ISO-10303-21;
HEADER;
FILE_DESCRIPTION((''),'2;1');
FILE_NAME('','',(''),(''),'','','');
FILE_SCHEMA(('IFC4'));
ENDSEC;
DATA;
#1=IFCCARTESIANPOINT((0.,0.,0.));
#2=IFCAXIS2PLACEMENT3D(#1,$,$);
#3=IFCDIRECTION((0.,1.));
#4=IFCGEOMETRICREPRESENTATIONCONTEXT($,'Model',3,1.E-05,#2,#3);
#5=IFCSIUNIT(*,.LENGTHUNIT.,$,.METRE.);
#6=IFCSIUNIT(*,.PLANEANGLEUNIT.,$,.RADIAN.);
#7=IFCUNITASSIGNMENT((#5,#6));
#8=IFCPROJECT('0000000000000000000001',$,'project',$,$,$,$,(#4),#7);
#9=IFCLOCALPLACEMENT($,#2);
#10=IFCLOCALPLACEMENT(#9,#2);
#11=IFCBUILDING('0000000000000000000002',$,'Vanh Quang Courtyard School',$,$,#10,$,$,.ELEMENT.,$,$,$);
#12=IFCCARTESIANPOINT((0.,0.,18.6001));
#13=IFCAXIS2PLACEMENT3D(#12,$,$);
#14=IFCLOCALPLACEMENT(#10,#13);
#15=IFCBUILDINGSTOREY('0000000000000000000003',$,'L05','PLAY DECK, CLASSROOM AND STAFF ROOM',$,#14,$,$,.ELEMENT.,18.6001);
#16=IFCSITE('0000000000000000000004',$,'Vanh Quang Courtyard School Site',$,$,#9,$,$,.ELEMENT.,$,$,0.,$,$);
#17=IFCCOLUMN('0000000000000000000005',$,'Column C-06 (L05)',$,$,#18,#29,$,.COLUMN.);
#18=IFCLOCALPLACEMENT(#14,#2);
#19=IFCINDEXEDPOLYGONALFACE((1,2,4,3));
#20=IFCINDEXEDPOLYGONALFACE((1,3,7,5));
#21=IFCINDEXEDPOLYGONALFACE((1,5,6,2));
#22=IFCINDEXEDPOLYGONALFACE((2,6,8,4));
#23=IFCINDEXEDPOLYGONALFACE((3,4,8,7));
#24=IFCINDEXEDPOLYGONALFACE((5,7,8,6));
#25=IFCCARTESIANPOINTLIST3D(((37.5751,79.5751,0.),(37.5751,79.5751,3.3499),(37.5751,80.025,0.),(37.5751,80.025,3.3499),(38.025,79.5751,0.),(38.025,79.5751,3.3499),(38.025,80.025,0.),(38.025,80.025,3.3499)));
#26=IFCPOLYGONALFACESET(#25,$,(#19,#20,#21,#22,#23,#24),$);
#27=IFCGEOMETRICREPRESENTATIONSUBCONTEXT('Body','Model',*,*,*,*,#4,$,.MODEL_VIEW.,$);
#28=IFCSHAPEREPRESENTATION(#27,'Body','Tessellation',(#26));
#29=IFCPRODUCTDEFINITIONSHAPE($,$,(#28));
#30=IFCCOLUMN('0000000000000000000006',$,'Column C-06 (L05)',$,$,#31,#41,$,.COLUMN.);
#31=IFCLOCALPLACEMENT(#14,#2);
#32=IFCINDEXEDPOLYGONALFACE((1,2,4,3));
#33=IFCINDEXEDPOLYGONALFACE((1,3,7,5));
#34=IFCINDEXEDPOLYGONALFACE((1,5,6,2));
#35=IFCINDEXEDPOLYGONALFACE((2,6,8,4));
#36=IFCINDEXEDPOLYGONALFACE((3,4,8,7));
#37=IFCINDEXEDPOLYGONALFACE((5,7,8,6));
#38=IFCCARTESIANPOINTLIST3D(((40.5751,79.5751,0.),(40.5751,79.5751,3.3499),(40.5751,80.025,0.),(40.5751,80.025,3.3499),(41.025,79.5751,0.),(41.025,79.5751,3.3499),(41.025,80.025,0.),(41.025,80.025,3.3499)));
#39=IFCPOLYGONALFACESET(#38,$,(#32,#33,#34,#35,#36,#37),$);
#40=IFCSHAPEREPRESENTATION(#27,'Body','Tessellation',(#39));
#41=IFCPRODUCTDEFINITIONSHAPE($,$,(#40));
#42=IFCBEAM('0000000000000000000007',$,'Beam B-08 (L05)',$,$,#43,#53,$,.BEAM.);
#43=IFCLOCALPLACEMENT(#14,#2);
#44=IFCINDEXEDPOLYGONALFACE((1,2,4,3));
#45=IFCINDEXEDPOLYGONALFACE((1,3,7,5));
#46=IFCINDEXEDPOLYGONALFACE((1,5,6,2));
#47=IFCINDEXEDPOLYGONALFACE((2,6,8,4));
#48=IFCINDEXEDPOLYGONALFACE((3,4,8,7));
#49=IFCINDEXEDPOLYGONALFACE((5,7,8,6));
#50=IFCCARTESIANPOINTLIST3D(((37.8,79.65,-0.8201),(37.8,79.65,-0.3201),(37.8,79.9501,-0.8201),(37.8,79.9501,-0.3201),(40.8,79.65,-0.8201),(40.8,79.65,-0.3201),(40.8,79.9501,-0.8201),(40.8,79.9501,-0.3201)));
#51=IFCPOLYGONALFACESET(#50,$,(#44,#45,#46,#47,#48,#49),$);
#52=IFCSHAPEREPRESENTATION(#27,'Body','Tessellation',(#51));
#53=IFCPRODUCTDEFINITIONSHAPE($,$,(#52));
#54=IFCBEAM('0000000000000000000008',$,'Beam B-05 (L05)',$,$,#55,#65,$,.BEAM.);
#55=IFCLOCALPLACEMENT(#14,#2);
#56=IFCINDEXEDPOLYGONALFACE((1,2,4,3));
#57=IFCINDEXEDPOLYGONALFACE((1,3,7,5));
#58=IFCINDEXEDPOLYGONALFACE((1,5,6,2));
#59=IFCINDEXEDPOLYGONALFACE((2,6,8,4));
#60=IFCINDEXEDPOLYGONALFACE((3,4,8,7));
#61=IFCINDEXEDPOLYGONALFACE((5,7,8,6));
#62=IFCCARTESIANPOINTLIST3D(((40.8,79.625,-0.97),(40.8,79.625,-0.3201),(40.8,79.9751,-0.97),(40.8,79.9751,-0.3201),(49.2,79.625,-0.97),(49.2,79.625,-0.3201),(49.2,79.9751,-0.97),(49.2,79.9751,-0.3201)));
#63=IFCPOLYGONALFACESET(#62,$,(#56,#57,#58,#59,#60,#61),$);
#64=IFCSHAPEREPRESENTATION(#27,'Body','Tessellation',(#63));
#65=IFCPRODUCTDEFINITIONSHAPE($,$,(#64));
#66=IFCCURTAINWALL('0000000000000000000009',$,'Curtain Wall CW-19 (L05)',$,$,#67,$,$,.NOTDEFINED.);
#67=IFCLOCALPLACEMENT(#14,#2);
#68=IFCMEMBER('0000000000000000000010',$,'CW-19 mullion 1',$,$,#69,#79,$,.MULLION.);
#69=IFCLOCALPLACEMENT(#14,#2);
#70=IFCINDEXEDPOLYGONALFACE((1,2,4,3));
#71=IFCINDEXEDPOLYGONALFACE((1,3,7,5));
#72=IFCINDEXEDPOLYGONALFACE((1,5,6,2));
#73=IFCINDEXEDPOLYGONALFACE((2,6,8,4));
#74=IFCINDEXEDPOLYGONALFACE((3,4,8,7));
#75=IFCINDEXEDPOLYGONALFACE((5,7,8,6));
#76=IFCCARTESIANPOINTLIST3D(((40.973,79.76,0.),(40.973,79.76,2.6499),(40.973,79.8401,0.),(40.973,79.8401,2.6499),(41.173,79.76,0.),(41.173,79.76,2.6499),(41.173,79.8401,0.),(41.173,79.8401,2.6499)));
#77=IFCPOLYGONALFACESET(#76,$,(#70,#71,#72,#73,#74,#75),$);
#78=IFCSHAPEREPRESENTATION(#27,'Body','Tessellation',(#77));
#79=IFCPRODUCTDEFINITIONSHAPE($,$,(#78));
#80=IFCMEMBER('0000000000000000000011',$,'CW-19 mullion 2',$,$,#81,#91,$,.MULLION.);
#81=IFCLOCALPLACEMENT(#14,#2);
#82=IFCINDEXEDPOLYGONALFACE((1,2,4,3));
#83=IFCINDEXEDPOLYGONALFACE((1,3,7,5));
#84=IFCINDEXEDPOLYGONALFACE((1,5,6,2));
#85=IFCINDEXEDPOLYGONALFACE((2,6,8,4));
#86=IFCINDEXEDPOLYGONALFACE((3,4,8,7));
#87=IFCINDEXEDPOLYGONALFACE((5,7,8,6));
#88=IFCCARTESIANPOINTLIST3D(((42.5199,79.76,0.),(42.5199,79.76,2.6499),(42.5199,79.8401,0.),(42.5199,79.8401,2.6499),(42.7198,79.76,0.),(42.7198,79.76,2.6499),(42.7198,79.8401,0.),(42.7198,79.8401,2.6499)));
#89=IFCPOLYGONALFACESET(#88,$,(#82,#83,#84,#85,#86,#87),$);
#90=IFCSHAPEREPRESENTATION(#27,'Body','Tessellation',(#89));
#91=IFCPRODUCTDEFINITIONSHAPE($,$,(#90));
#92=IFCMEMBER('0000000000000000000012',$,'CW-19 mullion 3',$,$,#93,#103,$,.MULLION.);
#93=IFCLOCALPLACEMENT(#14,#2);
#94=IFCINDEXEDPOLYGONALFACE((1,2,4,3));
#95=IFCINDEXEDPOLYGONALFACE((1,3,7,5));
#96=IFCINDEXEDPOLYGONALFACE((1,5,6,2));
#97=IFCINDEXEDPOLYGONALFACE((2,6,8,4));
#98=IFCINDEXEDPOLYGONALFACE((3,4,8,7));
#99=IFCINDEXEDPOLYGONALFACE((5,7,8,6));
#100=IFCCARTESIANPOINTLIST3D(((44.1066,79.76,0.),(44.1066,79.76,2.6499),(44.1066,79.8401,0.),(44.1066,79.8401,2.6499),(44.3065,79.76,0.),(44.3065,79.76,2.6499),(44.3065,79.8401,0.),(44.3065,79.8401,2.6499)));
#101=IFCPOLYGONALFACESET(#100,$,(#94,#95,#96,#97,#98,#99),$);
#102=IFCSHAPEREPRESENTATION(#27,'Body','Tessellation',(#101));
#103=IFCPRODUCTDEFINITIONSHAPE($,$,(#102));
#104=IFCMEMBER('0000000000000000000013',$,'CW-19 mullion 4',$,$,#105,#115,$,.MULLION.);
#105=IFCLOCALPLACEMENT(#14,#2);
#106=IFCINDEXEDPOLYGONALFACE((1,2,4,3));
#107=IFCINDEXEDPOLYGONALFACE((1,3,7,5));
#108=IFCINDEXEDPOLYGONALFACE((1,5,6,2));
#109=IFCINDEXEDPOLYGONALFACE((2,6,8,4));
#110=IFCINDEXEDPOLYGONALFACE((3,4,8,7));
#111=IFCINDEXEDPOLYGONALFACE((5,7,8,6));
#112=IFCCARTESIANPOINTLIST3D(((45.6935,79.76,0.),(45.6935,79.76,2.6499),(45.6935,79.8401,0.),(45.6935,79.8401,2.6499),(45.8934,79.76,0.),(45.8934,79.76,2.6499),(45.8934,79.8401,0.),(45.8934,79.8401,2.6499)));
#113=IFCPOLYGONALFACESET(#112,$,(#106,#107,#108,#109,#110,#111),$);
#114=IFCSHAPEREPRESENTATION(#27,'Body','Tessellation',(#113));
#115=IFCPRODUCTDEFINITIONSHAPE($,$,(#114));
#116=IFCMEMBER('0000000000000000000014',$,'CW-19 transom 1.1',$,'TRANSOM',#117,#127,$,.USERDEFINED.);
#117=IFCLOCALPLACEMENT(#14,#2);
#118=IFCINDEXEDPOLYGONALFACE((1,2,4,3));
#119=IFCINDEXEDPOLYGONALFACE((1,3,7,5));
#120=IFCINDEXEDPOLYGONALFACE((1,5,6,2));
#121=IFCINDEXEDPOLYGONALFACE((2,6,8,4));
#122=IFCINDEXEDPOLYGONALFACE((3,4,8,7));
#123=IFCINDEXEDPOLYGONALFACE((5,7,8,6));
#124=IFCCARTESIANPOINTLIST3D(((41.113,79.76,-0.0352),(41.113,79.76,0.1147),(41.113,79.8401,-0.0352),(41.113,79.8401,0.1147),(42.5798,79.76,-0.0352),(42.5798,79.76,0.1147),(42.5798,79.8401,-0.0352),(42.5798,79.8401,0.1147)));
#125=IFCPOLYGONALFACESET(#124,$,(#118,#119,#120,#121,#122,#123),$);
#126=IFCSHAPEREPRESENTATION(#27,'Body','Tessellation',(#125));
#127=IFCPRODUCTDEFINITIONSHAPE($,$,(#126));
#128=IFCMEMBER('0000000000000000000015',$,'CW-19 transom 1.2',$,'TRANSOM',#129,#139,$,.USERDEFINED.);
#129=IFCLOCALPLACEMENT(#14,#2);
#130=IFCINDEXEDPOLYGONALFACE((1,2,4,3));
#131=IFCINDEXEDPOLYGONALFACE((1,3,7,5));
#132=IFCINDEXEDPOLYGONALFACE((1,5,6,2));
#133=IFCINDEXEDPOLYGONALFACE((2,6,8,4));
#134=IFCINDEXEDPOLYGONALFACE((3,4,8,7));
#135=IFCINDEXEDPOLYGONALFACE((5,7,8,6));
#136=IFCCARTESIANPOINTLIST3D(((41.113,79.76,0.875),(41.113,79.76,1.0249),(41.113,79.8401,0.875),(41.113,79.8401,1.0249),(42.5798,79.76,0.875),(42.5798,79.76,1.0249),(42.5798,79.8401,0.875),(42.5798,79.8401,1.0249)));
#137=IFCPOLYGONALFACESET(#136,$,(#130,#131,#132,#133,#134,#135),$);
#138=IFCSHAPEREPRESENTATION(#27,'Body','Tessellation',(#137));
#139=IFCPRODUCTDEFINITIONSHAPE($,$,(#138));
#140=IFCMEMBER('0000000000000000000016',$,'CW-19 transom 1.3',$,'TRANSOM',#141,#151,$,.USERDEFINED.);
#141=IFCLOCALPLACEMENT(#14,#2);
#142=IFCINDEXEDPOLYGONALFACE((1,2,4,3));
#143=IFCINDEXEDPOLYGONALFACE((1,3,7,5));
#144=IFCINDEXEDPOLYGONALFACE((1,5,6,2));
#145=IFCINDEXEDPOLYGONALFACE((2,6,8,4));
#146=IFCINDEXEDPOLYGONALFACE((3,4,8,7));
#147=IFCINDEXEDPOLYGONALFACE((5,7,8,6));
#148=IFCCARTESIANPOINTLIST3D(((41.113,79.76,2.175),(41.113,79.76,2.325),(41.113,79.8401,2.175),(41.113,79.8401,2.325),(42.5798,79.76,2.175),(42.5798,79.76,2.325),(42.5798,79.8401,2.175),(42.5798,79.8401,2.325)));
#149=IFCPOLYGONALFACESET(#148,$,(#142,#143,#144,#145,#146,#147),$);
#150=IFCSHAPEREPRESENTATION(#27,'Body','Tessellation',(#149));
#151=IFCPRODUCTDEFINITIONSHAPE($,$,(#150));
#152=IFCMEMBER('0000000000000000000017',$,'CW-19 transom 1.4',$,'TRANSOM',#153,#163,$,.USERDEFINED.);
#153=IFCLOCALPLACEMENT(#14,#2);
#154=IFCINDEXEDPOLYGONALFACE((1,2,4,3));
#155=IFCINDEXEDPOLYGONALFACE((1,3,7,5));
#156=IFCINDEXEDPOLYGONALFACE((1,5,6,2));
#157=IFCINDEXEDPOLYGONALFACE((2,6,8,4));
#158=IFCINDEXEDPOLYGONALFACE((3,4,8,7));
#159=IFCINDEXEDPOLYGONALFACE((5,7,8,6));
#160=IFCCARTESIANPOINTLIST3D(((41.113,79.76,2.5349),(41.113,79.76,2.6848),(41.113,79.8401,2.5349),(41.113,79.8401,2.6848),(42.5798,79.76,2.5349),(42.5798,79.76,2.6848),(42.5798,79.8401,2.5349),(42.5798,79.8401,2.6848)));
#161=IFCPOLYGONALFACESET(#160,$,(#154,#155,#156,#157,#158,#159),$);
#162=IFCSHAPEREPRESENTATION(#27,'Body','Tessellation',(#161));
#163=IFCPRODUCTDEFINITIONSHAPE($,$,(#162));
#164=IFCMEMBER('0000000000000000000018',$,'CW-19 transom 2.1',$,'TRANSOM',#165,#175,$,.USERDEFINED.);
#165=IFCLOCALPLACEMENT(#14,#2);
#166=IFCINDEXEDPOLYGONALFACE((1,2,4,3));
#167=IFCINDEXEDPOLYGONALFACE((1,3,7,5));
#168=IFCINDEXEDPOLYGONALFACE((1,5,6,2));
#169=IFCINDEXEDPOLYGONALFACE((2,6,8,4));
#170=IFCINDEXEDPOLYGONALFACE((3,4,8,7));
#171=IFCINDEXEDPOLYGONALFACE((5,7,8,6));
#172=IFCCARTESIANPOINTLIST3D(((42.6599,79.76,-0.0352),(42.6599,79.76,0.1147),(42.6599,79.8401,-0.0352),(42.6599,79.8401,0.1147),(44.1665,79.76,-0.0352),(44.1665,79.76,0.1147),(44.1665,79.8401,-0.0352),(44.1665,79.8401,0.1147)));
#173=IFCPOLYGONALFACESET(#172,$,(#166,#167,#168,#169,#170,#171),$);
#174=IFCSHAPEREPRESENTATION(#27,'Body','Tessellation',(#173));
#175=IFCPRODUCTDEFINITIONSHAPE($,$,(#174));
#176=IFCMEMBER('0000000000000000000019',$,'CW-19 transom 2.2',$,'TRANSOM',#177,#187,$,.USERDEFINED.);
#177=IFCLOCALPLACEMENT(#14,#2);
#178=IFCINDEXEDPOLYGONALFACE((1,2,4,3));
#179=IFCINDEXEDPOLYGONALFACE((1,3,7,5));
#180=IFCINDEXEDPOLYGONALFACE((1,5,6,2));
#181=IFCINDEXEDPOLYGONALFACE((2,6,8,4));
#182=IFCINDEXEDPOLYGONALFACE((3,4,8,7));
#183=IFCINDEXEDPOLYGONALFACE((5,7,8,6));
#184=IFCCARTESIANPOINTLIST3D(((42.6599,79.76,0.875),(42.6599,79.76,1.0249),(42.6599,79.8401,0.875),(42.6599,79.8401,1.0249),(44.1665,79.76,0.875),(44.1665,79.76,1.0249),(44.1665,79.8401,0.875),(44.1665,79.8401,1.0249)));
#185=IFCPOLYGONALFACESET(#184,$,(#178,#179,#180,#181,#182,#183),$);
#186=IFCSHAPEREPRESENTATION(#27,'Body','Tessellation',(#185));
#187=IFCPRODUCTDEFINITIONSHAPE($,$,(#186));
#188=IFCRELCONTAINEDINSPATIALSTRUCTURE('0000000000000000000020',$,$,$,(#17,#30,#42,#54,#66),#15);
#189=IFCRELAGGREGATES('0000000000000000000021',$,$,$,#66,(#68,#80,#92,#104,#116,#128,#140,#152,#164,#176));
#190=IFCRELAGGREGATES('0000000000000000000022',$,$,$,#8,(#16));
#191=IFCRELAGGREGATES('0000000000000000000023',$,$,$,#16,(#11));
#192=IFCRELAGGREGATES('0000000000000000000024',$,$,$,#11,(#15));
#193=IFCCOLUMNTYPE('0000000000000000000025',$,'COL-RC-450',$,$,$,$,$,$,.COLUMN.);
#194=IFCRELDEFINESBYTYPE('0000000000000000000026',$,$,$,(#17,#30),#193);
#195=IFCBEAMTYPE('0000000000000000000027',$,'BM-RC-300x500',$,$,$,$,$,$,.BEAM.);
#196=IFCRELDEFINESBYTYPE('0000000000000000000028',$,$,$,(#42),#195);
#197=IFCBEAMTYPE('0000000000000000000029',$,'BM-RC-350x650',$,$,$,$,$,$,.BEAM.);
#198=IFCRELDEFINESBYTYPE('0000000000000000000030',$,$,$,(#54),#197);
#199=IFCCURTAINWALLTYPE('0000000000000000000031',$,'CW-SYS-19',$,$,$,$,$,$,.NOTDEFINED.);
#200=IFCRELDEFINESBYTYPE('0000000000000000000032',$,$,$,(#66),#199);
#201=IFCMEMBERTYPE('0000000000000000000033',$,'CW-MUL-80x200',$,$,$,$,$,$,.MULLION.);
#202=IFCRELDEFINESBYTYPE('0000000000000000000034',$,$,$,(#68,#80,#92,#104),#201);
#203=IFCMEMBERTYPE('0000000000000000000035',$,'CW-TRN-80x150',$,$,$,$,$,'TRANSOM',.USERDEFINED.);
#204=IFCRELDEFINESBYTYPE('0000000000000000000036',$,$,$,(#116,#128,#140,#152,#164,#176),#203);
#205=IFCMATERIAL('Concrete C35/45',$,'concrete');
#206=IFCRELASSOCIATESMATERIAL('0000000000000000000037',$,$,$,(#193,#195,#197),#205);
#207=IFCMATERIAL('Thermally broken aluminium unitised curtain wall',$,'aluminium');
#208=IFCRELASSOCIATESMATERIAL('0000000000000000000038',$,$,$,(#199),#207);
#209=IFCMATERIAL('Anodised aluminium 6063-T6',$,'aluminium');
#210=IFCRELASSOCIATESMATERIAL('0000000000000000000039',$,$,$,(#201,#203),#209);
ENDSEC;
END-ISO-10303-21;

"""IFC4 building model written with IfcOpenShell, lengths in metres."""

from ifc_helpers import new_model, si_unit, direction, frame, origin, origin_2d, place, context, subcontext, project, spatial, rectangle, extrude, material, material_profile, profile_set, type_object, element, aggregate, save


model = new_model("IFC4")

# Units and contexts
model_context = context("Model", 3, precision=1e-05, world=origin(), true_north=direction((0.0, 1.0)))
body_context = subcontext(model_context, "Body", "Model", "MODEL_VIEW")
ifc_project = project(units=[si_unit("LENGTHUNIT", "METRE"), si_unit("PLANEANGLEUNIT", "RADIAN")], contexts=[model_context])

# Site, building, storey
site_placement = place(None, origin())
site = spatial("IfcSite", under=ifc_project, at=site_placement, Name="Vanh Quang Courtyard School Site", CompositionType="ELEMENT", RefElevation=0.0)
building_placement = place(site_placement, origin())
building = spatial("IfcBuilding", under=site, at=building_placement, Name="Vanh Quang Courtyard School", CompositionType="ELEMENT")
storey_placement = place(building_placement, frame((0.0, 0.0, 18.6001)))
storey = spatial("IfcBuildingStorey", under=building, at=storey_placement, Name="L05", Description="PLAY DECK, CLASSROOM AND STAFF ROOM", CompositionType="ELEMENT", Elevation=18.6001)

# Columns
ifc_material_1 = material(Name="Concrete C35/45", Category="concrete")
ifc_material_profile_1 = material_profile(ifc_material_1, rectangle(XDim=0.45, YDim=0.45, at=origin_2d()), Name="RC-COL 450x450")
ifc_profile_set_1 = profile_set([ifc_material_profile_1], Name="Concrete C35/45")
column_type = type_object("IfcColumnType", Name="COL-RC-450", PredefinedType="COLUMN", material=ifc_profile_set_1)
for number, where, z_axis, x_axis, name in (
    (1, (37.8, 79.8, 0.0), (0.0, 0.0, 1.0), (1.0, 0.0, 0.0), "Column C-06 (L05)"),
    (2, (40.8, 79.8, 0.0), (0.0, 0.0, 1.0), (1.0, 0.0, 0.0), "Column C-06 (L05)"),
):
    element("IfcColumn", number, at=place(storey_placement, frame(where, z_axis=z_axis, x_axis=x_axis)), inside=storey, type_object=column_type, Name=name, PredefinedType="COLUMN", context=body_context, shape_type="SweptSolid", body=[
        extrude(rectangle(XDim=0.45, YDim=0.45, at=origin_2d()), origin(), (0.0, 0.0, 1.0), 3.3499),
    ])

# Beams
ifc_material_profile_2 = material_profile(ifc_material_1, rectangle(XDim=0.3, YDim=0.5, at=origin_2d()), Name="RC-BM 300x500")
ifc_profile_set_2 = profile_set([ifc_material_profile_2], Name="Concrete C35/45")
beam_type_1 = type_object("IfcBeamType", Name="BM-RC-300x500", PredefinedType="BEAM", material=ifc_profile_set_2)
beam_1_placement = place(storey_placement, frame((37.8, 79.8, -0.5701), z_axis=(1.0, 0.0, 0.0), x_axis=(0.0, 1.0, 0.0)))
element("IfcBeam", 3, at=beam_1_placement, inside=storey, type_object=beam_type_1, Name="Beam B-08 (L05)", PredefinedType="BEAM", context=body_context, shape_type="SweptSolid", body=[
    extrude(rectangle(XDim=0.3, YDim=0.5, at=origin_2d()), origin(), (0.0, 0.0, 1.0), 3.0),
])
ifc_material_profile_3 = material_profile(ifc_material_1, rectangle(XDim=0.3501, YDim=0.6499, at=origin_2d()), Name="RC-BM 350x650")
ifc_profile_set_3 = profile_set([ifc_material_profile_3], Name="Concrete C35/45")
beam_type_2 = type_object("IfcBeamType", Name="BM-RC-350x650", PredefinedType="BEAM", material=ifc_profile_set_3)
beam_2_placement = place(storey_placement, frame((40.8, 79.8, -0.645), z_axis=(1.0, 0.0, 0.0), x_axis=(0.0, 1.0, 0.0)))
element("IfcBeam", 4, at=beam_2_placement, inside=storey, type_object=beam_type_2, Name="Beam B-05 (L05)", PredefinedType="BEAM", context=body_context, shape_type="SweptSolid", body=[
    extrude(rectangle(XDim=0.3501, YDim=0.6499, at=origin_2d()), origin(), (0.0, 0.0, 1.0), 8.3999),
])

# Curtain wall, members
ifc_material_2 = material(Name="Thermally broken aluminium unitised curtain wall", Category="aluminium")
curtain_wall_type = type_object("IfcCurtainWallType", Name="CW-SYS-19", PredefinedType="NOTDEFINED", material=ifc_material_2)
curtain_wall_placement = place(storey_placement, origin())
curtain_wall = element("IfcCurtainWall", 5, at=curtain_wall_placement, inside=storey, type_object=curtain_wall_type, Name="Curtain Wall CW-19 (L05)", PredefinedType="NOTDEFINED")
ifc_material_3 = material(Name="Anodised aluminium 6063-T6", Category="aluminium")
ifc_material_profile_4 = material_profile(ifc_material_3, rectangle(XDim=0.0801, YDim=0.2, at=origin_2d()), Name="ALU-MUL 80x200")
ifc_profile_set_4 = profile_set([ifc_material_profile_4], Name="Anodised aluminium 6063-T6")
member_type_1 = type_object("IfcMemberType", Name="CW-MUL-80x200", PredefinedType="MULLION", material=ifc_profile_set_4)
member_1_placement = place(storey_placement, frame((41.073, 79.8, 0.0), z_axis=(0.0, 0.0, 1.0), x_axis=(0.0, 1.0, 0.0)))
member_1 = element("IfcMember", 6, at=member_1_placement, type_object=member_type_1, Name="CW-19 mullion 1", PredefinedType="MULLION", context=body_context, shape_type="SweptSolid", body=[
    extrude(rectangle(XDim=0.0801, YDim=0.2, at=origin_2d()), origin(), (0.0, 0.0, 1.0), 2.6499),
])
member_2_placement = place(storey_placement, frame((42.6199, 79.8, 0.0), z_axis=(0.0, 0.0, 1.0), x_axis=(0.0, 1.0, 0.0)))
member_2 = element("IfcMember", 7, at=member_2_placement, type_object=member_type_1, Name="CW-19 mullion 2", PredefinedType="MULLION", context=body_context, shape_type="SweptSolid", body=[
    extrude(rectangle(XDim=0.0801, YDim=0.2, at=origin_2d()), origin(), (0.0, 0.0, 1.0), 2.6499),
])
member_3_placement = place(storey_placement, frame((44.2065, 79.8, 0.0), z_axis=(0.0, 0.0, 1.0), x_axis=(0.0, 1.0, 0.0)))
member_3 = element("IfcMember", 8, at=member_3_placement, type_object=member_type_1, Name="CW-19 mullion 3", PredefinedType="MULLION", context=body_context, shape_type="SweptSolid", body=[
    extrude(rectangle(XDim=0.0801, YDim=0.2, at=origin_2d()), origin(), (0.0, 0.0, 1.0), 2.6499),
])
member_4_placement = place(storey_placement, frame((45.7935, 79.8, 0.0), z_axis=(0.0, 0.0, 1.0), x_axis=(0.0, 1.0, 0.0)))
member_4 = element("IfcMember", 9, at=member_4_placement, type_object=member_type_1, Name="CW-19 mullion 4", PredefinedType="MULLION", context=body_context, shape_type="SweptSolid", body=[
    extrude(rectangle(XDim=0.0801, YDim=0.2, at=origin_2d()), origin(), (0.0, 0.0, 1.0), 2.6499),
])
ifc_material_profile_5 = material_profile(ifc_material_3, rectangle(XDim=0.0801, YDim=0.1499, at=origin_2d()), Name="ALU-TRN 80x150")
ifc_profile_set_5 = profile_set([ifc_material_profile_5], Name="Anodised aluminium 6063-T6")
member_type_2 = type_object("IfcMemberType", Name="CW-TRN-80x150", ElementType="TRANSOM", PredefinedType="USERDEFINED", material=ifc_profile_set_5)
member_5_placement = place(storey_placement, frame((41.113, 79.8, 0.0398), z_axis=(1.0, 0.0, 0.0), x_axis=(0.0, 1.0, 0.0)))
member_5 = element("IfcMember", 10, at=member_5_placement, type_object=member_type_2, Name="CW-19 transom 1.1", ObjectType="TRANSOM", PredefinedType="USERDEFINED", context=body_context, shape_type="SweptSolid", body=[
    extrude(rectangle(XDim=0.0801, YDim=0.1499, at=origin_2d()), origin(), (0.0, 0.0, 1.0), 1.4668),
])
member_6_placement = place(storey_placement, frame((41.113, 79.8, 0.95), z_axis=(1.0, 0.0, 0.0), x_axis=(0.0, 1.0, 0.0)))
member_6 = element("IfcMember", 11, at=member_6_placement, type_object=member_type_2, Name="CW-19 transom 1.2", ObjectType="TRANSOM", PredefinedType="USERDEFINED", context=body_context, shape_type="SweptSolid", body=[
    extrude(rectangle(XDim=0.0801, YDim=0.1499, at=origin_2d()), origin(), (0.0, 0.0, 1.0), 1.4668),
])
member_7_placement = place(storey_placement, frame((41.113, 79.8, 2.25), z_axis=(1.0, 0.0, 0.0), x_axis=(0.0, 1.0, 0.0)))
member_7 = element("IfcMember", 12, at=member_7_placement, type_object=member_type_2, Name="CW-19 transom 1.3", ObjectType="TRANSOM", PredefinedType="USERDEFINED", context=body_context, shape_type="SweptSolid", body=[
    extrude(rectangle(XDim=0.0801, YDim=0.1499, at=origin_2d()), origin(), (0.0, 0.0, 1.0), 1.4668),
])
member_8_placement = place(storey_placement, frame((41.113, 79.8, 2.6099), z_axis=(1.0, 0.0, 0.0), x_axis=(0.0, 1.0, 0.0)))
member_8 = element("IfcMember", 13, at=member_8_placement, type_object=member_type_2, Name="CW-19 transom 1.4", ObjectType="TRANSOM", PredefinedType="USERDEFINED", context=body_context, shape_type="SweptSolid", body=[
    extrude(rectangle(XDim=0.0801, YDim=0.1499, at=origin_2d()), origin(), (0.0, 0.0, 1.0), 1.4668),
])
member_9_placement = place(storey_placement, frame((42.6599, 79.8, 0.0398), z_axis=(1.0, 0.0, 0.0), x_axis=(0.0, 1.0, 0.0)))
member_9 = element("IfcMember", 14, at=member_9_placement, type_object=member_type_2, Name="CW-19 transom 2.1", ObjectType="TRANSOM", PredefinedType="USERDEFINED", context=body_context, shape_type="SweptSolid", body=[
    extrude(rectangle(XDim=0.0801, YDim=0.1499, at=origin_2d()), origin(), (0.0, 0.0, 1.0), 1.5066),
])
member_10_placement = place(storey_placement, frame((42.6599, 79.8, 0.95), z_axis=(1.0, 0.0, 0.0), x_axis=(0.0, 1.0, 0.0)))
member_10 = element("IfcMember", 15, at=member_10_placement, type_object=member_type_2, Name="CW-19 transom 2.2", ObjectType="TRANSOM", PredefinedType="USERDEFINED", context=body_context, shape_type="SweptSolid", body=[
    extrude(rectangle(XDim=0.0801, YDim=0.1499, at=origin_2d()), origin(), (0.0, 0.0, 1.0), 1.5066),
])
aggregate(curtain_wall, [member_1, member_2, member_3, member_4, member_5, member_6, member_7, member_8, member_9, member_10])

save(model, "model.ifc")
